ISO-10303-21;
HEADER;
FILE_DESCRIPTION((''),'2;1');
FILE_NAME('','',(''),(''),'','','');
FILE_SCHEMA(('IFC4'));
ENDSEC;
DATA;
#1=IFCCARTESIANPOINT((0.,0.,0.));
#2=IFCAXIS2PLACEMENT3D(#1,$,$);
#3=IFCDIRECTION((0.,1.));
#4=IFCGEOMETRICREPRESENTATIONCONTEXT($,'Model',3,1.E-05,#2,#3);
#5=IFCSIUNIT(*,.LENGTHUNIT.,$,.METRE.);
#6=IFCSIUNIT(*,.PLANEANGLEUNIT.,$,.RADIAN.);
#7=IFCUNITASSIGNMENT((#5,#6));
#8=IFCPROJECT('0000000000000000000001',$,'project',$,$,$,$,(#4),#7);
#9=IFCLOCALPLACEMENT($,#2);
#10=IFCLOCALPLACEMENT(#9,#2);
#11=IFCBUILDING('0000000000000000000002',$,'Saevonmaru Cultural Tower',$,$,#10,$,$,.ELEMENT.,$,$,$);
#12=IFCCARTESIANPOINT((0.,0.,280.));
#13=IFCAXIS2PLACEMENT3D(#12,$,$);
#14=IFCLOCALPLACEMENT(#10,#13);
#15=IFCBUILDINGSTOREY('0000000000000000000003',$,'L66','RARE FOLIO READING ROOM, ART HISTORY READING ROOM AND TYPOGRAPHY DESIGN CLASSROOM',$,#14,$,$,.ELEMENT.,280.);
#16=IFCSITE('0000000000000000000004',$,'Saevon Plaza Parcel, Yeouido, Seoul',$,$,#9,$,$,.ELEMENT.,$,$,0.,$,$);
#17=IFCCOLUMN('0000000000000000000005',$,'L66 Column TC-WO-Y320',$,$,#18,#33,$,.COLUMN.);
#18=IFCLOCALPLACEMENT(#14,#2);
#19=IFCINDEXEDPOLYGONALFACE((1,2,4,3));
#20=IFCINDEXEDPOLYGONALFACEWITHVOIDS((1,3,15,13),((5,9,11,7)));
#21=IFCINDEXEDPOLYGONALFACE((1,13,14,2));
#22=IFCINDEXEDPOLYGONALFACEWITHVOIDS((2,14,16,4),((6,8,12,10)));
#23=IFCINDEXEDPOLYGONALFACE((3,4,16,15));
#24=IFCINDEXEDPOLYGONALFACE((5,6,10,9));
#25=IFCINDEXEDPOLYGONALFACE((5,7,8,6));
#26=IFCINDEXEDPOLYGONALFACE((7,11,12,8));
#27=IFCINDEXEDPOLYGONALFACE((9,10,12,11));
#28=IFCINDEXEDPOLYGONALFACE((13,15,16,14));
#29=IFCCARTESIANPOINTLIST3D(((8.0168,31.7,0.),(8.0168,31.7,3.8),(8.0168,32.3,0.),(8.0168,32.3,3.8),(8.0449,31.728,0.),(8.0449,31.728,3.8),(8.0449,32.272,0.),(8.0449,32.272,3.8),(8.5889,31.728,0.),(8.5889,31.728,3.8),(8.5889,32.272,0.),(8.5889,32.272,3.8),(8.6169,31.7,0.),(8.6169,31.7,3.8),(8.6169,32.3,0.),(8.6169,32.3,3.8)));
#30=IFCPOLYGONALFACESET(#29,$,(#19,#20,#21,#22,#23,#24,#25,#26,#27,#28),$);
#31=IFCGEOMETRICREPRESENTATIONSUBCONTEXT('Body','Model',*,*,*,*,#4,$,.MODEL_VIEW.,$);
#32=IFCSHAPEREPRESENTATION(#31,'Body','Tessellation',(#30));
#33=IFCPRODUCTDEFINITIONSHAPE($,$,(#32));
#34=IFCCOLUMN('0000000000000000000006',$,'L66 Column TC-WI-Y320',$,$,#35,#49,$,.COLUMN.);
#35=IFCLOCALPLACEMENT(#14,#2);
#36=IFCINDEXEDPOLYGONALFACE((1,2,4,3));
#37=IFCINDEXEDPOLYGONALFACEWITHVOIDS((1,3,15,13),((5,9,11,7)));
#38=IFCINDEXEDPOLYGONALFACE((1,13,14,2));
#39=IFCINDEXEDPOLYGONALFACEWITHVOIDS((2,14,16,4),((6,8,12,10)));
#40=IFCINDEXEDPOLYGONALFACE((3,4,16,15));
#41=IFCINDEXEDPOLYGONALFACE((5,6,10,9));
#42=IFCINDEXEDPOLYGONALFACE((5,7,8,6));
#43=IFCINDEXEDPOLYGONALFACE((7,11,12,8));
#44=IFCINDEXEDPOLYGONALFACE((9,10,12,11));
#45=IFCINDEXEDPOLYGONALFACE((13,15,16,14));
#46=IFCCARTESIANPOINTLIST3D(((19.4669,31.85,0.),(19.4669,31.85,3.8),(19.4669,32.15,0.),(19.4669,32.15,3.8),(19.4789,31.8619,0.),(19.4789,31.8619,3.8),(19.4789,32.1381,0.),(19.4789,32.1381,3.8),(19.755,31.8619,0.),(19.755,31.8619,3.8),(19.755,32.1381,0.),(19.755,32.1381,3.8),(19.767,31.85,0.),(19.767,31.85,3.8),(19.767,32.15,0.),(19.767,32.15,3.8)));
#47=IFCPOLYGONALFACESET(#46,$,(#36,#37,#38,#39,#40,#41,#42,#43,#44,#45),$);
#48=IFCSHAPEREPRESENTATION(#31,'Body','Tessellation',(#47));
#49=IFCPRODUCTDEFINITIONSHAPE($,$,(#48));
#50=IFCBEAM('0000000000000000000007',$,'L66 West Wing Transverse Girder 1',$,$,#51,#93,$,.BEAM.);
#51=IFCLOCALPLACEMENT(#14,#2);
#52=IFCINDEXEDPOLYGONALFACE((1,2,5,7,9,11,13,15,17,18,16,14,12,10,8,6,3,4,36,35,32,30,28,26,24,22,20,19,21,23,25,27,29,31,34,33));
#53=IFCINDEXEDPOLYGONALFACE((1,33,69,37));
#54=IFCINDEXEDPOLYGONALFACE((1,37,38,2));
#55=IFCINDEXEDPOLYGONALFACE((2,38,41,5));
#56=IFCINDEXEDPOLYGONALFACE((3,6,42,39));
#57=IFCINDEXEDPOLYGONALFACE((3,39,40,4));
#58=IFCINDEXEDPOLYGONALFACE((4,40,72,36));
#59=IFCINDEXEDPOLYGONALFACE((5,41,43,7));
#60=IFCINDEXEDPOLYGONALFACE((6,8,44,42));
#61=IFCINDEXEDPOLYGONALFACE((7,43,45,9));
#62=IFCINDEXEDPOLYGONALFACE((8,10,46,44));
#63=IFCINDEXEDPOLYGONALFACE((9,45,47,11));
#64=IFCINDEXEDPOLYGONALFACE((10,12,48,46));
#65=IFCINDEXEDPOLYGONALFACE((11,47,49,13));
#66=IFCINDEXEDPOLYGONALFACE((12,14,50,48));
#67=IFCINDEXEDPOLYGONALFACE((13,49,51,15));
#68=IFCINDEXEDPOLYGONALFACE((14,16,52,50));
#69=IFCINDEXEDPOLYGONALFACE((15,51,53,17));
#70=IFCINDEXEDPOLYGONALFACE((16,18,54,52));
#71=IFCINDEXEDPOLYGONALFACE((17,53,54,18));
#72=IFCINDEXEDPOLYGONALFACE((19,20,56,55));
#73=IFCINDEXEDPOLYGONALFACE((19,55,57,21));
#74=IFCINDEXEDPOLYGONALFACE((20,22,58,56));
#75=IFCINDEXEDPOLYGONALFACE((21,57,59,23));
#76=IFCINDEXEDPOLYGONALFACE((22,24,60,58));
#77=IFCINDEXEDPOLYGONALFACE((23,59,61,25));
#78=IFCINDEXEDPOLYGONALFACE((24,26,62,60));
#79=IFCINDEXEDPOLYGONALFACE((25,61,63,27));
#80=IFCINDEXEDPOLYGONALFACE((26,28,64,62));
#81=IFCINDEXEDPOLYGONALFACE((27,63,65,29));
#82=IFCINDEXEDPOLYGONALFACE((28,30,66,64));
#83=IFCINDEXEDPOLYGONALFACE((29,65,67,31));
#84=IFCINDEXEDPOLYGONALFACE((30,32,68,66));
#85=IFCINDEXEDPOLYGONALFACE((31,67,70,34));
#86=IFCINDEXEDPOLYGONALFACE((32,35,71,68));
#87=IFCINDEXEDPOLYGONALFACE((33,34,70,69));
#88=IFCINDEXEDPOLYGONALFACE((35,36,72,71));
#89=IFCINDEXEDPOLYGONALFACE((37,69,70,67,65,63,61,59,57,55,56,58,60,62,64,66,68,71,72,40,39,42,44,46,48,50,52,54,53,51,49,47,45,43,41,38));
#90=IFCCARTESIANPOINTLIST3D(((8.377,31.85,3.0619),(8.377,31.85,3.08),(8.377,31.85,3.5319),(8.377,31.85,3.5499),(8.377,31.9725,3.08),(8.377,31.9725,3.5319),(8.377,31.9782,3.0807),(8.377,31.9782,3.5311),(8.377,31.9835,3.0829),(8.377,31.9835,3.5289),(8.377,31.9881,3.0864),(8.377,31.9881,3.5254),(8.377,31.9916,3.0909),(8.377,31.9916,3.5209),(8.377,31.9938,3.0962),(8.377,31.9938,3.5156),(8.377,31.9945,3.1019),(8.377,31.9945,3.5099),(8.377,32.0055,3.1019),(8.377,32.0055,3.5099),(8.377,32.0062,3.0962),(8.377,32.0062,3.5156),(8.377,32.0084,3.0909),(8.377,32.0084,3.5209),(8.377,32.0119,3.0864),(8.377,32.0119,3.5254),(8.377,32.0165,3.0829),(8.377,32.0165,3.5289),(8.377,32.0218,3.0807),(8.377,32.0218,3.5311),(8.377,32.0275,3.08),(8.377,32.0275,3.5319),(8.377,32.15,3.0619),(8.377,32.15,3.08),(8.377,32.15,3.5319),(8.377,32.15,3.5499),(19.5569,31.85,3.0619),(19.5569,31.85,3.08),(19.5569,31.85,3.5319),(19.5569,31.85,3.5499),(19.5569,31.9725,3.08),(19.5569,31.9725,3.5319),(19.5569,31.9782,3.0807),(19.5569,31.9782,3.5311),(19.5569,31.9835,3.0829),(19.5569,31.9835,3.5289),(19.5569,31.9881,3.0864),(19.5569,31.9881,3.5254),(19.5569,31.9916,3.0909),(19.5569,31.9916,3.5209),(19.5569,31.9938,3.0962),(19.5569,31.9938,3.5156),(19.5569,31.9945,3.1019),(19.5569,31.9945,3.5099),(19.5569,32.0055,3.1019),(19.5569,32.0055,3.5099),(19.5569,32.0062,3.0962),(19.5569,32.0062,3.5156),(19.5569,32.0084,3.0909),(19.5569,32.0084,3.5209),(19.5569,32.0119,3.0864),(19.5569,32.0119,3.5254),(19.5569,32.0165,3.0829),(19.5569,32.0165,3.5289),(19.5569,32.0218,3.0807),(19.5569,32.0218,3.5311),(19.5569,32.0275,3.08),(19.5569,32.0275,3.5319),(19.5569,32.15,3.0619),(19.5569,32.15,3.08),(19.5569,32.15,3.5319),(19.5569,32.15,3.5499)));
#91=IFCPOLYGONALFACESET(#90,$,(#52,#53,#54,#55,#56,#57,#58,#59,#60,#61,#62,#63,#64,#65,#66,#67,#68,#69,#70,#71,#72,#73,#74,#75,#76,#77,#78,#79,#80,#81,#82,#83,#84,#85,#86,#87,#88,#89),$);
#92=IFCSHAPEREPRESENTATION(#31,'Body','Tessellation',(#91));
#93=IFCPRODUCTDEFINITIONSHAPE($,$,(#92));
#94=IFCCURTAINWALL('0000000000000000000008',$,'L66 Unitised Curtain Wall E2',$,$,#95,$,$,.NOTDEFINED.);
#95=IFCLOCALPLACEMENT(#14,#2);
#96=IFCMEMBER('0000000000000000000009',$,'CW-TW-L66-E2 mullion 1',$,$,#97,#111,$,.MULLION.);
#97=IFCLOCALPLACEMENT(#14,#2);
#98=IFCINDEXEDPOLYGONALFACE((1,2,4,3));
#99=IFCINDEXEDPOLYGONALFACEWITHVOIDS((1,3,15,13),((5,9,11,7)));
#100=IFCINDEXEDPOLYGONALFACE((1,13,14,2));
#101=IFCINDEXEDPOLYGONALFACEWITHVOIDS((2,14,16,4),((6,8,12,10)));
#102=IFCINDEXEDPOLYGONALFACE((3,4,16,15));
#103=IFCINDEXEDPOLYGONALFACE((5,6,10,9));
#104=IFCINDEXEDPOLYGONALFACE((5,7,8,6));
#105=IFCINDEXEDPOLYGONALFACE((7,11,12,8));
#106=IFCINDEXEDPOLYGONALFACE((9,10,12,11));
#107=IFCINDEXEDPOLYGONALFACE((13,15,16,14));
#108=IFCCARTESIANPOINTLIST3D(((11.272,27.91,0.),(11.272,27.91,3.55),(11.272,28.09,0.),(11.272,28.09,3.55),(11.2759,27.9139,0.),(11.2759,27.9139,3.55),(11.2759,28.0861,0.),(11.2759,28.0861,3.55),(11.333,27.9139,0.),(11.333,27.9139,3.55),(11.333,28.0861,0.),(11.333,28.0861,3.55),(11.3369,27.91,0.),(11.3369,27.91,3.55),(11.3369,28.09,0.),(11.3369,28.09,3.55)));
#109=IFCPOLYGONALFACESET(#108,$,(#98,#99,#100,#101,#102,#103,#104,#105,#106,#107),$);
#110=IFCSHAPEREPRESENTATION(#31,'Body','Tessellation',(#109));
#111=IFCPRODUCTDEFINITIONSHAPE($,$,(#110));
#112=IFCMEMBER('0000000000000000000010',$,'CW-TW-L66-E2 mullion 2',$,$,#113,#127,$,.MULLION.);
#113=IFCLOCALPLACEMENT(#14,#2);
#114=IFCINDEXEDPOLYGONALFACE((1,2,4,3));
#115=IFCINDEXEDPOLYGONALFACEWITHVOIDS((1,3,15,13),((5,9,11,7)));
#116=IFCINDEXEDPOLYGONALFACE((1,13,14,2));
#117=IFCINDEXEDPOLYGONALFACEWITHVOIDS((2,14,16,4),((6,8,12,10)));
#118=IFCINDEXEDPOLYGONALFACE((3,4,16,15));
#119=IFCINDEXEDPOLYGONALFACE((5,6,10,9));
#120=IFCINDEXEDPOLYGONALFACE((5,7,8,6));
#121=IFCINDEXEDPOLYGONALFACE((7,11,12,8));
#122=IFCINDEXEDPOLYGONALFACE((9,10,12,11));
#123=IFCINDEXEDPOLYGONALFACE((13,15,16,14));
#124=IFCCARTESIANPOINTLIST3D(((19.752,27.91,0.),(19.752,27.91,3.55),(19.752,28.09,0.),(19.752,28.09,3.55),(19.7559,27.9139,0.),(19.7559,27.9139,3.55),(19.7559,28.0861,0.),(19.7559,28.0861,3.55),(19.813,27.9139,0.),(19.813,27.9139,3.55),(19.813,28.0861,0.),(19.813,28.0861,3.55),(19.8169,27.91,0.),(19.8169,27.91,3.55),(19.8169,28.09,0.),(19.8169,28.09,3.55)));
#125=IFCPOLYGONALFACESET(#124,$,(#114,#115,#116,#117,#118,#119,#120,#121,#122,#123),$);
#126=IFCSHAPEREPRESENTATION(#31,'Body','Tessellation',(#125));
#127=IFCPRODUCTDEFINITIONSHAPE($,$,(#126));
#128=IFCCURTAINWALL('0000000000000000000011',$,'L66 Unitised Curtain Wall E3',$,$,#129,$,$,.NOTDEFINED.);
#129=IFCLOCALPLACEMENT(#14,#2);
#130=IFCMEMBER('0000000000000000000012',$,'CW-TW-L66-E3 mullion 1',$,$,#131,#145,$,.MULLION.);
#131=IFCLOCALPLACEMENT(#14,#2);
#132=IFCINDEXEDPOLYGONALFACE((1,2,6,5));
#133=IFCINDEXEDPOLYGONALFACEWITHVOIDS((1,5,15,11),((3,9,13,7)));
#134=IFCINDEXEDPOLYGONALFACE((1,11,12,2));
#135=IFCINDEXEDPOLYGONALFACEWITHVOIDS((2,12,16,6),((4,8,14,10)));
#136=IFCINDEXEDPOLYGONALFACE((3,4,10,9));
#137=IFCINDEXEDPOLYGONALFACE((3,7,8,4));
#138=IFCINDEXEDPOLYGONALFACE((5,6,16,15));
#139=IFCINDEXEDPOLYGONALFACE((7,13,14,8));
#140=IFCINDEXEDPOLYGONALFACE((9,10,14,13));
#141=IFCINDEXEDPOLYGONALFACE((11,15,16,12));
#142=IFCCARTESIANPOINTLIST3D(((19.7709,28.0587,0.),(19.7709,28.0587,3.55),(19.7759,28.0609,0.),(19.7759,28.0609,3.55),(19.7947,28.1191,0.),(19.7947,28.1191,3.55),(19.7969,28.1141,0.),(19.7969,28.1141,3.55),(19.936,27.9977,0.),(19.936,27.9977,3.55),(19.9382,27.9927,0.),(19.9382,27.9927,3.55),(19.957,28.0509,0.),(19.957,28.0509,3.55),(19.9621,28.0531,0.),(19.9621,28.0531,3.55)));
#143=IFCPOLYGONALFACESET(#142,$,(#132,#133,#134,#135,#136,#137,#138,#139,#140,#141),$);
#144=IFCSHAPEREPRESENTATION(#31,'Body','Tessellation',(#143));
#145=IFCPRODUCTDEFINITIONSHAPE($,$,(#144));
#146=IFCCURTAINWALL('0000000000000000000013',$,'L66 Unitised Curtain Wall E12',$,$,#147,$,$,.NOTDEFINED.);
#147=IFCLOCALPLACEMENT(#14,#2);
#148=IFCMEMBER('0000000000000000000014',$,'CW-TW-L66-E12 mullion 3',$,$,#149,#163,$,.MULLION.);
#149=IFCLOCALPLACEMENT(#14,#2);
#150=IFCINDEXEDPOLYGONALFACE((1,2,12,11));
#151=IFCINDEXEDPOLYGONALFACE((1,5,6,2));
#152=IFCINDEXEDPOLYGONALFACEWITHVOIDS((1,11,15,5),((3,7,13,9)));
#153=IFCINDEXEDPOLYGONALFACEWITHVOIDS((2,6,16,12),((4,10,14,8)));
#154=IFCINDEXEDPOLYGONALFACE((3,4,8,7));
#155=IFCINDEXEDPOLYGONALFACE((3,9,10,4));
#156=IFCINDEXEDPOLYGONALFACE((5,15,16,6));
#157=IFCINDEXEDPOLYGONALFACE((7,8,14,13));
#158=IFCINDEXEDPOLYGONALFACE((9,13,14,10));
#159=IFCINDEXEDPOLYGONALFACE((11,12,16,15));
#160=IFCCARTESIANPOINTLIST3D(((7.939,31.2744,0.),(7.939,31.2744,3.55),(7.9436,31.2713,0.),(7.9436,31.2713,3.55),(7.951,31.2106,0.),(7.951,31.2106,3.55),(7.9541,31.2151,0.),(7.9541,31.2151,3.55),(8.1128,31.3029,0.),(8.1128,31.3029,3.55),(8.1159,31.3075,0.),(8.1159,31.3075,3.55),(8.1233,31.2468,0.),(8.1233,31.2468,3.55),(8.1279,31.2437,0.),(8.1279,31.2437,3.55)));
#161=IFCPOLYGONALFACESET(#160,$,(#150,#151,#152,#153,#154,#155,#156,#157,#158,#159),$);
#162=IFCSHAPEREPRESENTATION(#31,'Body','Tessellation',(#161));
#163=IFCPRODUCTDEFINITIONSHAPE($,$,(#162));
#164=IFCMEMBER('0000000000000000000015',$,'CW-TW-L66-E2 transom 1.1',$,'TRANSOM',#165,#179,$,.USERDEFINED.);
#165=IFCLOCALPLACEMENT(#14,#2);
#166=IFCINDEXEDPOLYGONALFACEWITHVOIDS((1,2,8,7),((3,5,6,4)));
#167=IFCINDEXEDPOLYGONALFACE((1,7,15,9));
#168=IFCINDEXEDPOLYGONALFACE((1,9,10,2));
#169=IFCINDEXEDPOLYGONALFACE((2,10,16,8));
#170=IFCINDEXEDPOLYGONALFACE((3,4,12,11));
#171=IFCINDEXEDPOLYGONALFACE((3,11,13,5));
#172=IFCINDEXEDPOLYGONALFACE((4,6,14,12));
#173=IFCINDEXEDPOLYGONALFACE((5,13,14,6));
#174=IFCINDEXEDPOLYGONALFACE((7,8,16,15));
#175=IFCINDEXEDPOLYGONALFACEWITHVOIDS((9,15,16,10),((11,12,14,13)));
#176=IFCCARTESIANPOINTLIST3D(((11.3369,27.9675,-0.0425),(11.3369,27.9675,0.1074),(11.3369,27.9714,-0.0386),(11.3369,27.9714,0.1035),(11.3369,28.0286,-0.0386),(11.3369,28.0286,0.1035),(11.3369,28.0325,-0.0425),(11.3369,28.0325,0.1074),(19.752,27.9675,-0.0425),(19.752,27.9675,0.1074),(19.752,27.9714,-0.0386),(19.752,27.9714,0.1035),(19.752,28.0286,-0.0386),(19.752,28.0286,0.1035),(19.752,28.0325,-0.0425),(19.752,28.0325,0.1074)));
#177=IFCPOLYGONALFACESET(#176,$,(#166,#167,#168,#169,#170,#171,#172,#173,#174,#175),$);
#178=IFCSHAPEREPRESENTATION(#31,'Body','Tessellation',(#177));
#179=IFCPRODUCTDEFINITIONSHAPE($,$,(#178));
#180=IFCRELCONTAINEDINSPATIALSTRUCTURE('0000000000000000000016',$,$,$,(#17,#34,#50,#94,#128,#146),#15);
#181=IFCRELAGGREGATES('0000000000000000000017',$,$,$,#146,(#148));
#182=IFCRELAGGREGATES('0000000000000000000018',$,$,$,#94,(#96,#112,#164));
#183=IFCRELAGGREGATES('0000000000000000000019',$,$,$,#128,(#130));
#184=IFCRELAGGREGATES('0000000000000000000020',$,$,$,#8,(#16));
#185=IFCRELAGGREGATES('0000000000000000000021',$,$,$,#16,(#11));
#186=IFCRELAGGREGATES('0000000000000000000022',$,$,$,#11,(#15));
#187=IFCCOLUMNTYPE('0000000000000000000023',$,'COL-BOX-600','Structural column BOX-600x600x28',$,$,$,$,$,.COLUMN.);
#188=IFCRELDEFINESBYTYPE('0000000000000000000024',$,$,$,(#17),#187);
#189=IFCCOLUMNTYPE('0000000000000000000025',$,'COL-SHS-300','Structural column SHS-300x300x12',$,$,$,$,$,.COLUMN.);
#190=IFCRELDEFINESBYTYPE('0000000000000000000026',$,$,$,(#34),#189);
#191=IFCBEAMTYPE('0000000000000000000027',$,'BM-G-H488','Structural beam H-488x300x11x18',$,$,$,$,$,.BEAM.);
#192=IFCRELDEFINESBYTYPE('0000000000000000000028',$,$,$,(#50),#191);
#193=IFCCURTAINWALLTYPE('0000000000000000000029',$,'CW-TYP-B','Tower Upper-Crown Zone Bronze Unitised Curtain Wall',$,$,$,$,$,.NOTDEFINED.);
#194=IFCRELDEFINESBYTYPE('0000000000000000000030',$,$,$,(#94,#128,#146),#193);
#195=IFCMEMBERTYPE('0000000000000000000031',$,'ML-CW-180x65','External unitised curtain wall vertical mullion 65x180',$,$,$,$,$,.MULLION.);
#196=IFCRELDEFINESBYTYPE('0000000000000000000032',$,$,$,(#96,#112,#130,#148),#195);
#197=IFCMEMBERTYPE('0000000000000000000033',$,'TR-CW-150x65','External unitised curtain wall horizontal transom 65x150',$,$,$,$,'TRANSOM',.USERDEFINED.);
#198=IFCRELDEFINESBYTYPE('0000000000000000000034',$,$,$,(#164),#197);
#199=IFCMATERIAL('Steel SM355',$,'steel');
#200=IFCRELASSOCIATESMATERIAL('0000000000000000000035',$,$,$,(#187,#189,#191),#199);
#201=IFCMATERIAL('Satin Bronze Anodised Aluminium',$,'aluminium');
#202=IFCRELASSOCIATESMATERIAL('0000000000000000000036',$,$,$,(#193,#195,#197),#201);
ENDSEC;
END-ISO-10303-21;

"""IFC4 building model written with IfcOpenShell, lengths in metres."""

from ifc_helpers import new_model, si_unit, direction, frame, origin, origin_2d, place, context, subcontext, project, spatial, hollow_rectangle, i_section, extrude, material, material_profile, profile_set, type_object, element, aggregate, save


model = new_model("IFC4")

# Units and contexts
model_context = context("Model", 3, precision=1e-05, world=origin(), true_north=direction((0.0, 1.0)))
body_context = subcontext(model_context, "Body", "Model", "MODEL_VIEW")
ifc_project = project(units=[si_unit("LENGTHUNIT", "METRE"), si_unit("PLANEANGLEUNIT", "RADIAN")], contexts=[model_context])

# Site, building, storey
site_placement = place(None, origin())
site = spatial("IfcSite", under=ifc_project, at=site_placement, Name="Saevon Plaza Parcel, Yeouido, Seoul", CompositionType="ELEMENT", RefElevation=0.0)
building_placement = place(site_placement, origin())
building = spatial("IfcBuilding", under=site, at=building_placement, Name="Saevonmaru Cultural Tower", CompositionType="ELEMENT")
storey_placement = place(building_placement, frame((0.0, 0.0, 280.0)))
storey = spatial("IfcBuildingStorey", under=building, at=storey_placement, Name="L66", Description="RARE FOLIO READING ROOM, ART HISTORY READING ROOM AND TYPOGRAPHY DESIGN CLASSROOM", CompositionType="ELEMENT", Elevation=280.0)

# Columns
ifc_material_1 = material(Name="Steel SM355", Category="steel")
ifc_material_profile_1 = material_profile(ifc_material_1, hollow_rectangle(XDim=0.6001, YDim=0.6001, WallThickness=0.0281, at=origin_2d()), Name="BOX-600x600x28")
ifc_profile_set_1 = profile_set([ifc_material_profile_1], Name="Steel SM355")
column_type_1 = type_object("IfcColumnType", Name="COL-BOX-600", Description="Structural column BOX-600x600x28", PredefinedType="COLUMN", material=ifc_profile_set_1)
column_1_placement = place(storey_placement, frame((8.3169, 32.0, 0.0), z_axis=(0.0, 0.0, 1.0), x_axis=(1.0, 0.0, 0.0)))
element("IfcColumn", 1, at=column_1_placement, inside=storey, type_object=column_type_1, Name="L66 Column TC-WO-Y320", PredefinedType="COLUMN", context=body_context, shape_type="SweptSolid", body=[
    extrude(hollow_rectangle(XDim=0.6001, YDim=0.6001, WallThickness=0.0281, at=origin_2d()), origin(), (0.0, 0.0, 1.0), 3.8),
])
ifc_material_profile_2 = material_profile(ifc_material_1, hollow_rectangle(XDim=0.3, YDim=0.3, WallThickness=0.012, at=origin_2d()), Name="SHS-300x300x12")
ifc_profile_set_2 = profile_set([ifc_material_profile_2], Name="Steel SM355")
column_type_2 = type_object("IfcColumnType", Name="COL-SHS-300", Description="Structural column SHS-300x300x12", PredefinedType="COLUMN", material=ifc_profile_set_2)
column_2_placement = place(storey_placement, frame((19.6169, 32.0, 0.0), z_axis=(0.0, 0.0, 1.0), x_axis=(1.0, 0.0, 0.0)))
element("IfcColumn", 2, at=column_2_placement, inside=storey, type_object=column_type_2, Name="L66 Column TC-WI-Y320", PredefinedType="COLUMN", context=body_context, shape_type="SweptSolid", body=[
    extrude(hollow_rectangle(XDim=0.3, YDim=0.3, WallThickness=0.012, at=origin_2d()), origin(), (0.0, 0.0, 1.0), 3.8),
])

# Beam
ifc_material_profile_3 = material_profile(ifc_material_1, i_section(OverallWidth=0.3, OverallDepth=0.488, WebThickness=0.011, FlangeThickness=0.0181, FilletRadius=0.022, at=origin_2d()), Name="H-488x300x11x18")
ifc_profile_set_3 = profile_set([ifc_material_profile_3], Name="Steel SM355")
beam_type = type_object("IfcBeamType", Name="BM-G-H488", Description="Structural beam H-488x300x11x18", PredefinedType="BEAM", material=ifc_profile_set_3)
beam_placement = place(storey_placement, frame((8.377, 32.0, 3.3059), z_axis=(1.0, 0.0, 0.0), x_axis=(0.0, 1.0, 0.0)))
element("IfcBeam", 3, at=beam_placement, inside=storey, type_object=beam_type, Name="L66 West Wing Transverse Girder 1", PredefinedType="BEAM", context=body_context, shape_type="SweptSolid", body=[
    extrude(i_section(OverallWidth=0.3, OverallDepth=0.488, WebThickness=0.011, FlangeThickness=0.0181, FilletRadius=0.022, at=origin_2d()), origin(), (0.0, 0.0, 1.0), 11.1799),
])

# Curtain wall, members
ifc_material_2 = material(Name="Satin Bronze Anodised Aluminium", Category="aluminium")
curtain_wall_type = type_object("IfcCurtainWallType", Name="CW-TYP-B", Description="Tower Upper-Crown Zone Bronze Unitised Curtain Wall", PredefinedType="NOTDEFINED", material=ifc_material_2)
curtain_wall_1_placement = place(storey_placement, origin())
curtain_wall_1 = element("IfcCurtainWall", 4, at=curtain_wall_1_placement, inside=storey, type_object=curtain_wall_type, Name="L66 Unitised Curtain Wall E2", PredefinedType="NOTDEFINED")
ifc_material_profile_4 = material_profile(ifc_material_2, hollow_rectangle(XDim=0.0649, YDim=0.1799, WallThickness=0.0039, at=origin_2d()), Name="ALU-MULL-180x65x4")
ifc_profile_set_4 = profile_set([ifc_material_profile_4], Name="Satin Bronze Anodised Aluminium")
member_type_1 = type_object("IfcMemberType", Name="ML-CW-180x65", Description="External unitised curtain wall vertical mullion 65x180", PredefinedType="MULLION", material=ifc_profile_set_4)
member_1_placement = place(storey_placement, frame((11.3044, 28.0, 0.0), z_axis=(0.0, 0.0, 1.0), x_axis=(1.0, 0.0, 0.0)))
member_1 = element("IfcMember", 5, at=member_1_placement, type_object=member_type_1, Name="CW-TW-L66-E2 mullion 1", PredefinedType="MULLION", context=body_context, shape_type="SweptSolid", body=[
    extrude(hollow_rectangle(XDim=0.0649, YDim=0.1799, WallThickness=0.0039, at=origin_2d()), origin(), (0.0, 0.0, 1.0), 3.55),
])
member_2_placement = place(storey_placement, frame((19.7844, 28.0, 0.0), z_axis=(0.0, 0.0, 1.0), x_axis=(1.0, 0.0, 0.0)))
member_2 = element("IfcMember", 6, at=member_2_placement, type_object=member_type_1, Name="CW-TW-L66-E2 mullion 2", PredefinedType="MULLION", context=body_context, shape_type="SweptSolid", body=[
    extrude(hollow_rectangle(XDim=0.0649, YDim=0.1799, WallThickness=0.0039, at=origin_2d()), origin(), (0.0, 0.0, 1.0), 3.55),
])

# Curtain walls, members
curtain_wall_2_placement = place(storey_placement, origin())
curtain_wall_2 = element("IfcCurtainWall", 7, at=curtain_wall_2_placement, inside=storey, type_object=curtain_wall_type, Name="L66 Unitised Curtain Wall E3", PredefinedType="NOTDEFINED")
member_3_placement = place(storey_placement, frame((19.8665, 28.0559, 0.0), z_axis=(0.0, 0.0, 1.0), x_axis=(0.367172, 0.930153, 0.0)))
member_3 = element("IfcMember", 8, at=member_3_placement, type_object=member_type_1, Name="CW-TW-L66-E3 mullion 1", PredefinedType="MULLION", context=body_context, shape_type="SweptSolid", body=[
    extrude(hollow_rectangle(XDim=0.0649, YDim=0.1799, WallThickness=0.0039, at=origin_2d()), origin(), (0.0, 0.0, 1.0), 3.55),
])
curtain_wall_3_placement = place(storey_placement, origin())
curtain_wall_3 = element("IfcCurtainWall", 9, at=curtain_wall_3_placement, inside=storey, type_object=curtain_wall_type, Name="L66 Unitised Curtain Wall E12", PredefinedType="NOTDEFINED")
member_4_placement = place(storey_placement, frame((8.0334, 31.259, 0.0), z_axis=(0.0, 0.0, 1.0), x_axis=(0.184047, -0.982918, 0.0)))
member_4 = element("IfcMember", 10, at=member_4_placement, type_object=member_type_1, Name="CW-TW-L66-E12 mullion 3", PredefinedType="MULLION", context=body_context, shape_type="SweptSolid", body=[
    extrude(hollow_rectangle(XDim=0.0649, YDim=0.1799, WallThickness=0.0039, at=origin_2d()), origin(), (0.0, 0.0, 1.0), 3.55),
])
aggregate(curtain_wall_3, [member_4])

# Member
ifc_material_profile_5 = material_profile(ifc_material_2, hollow_rectangle(XDim=0.0649, YDim=0.1499, WallThickness=0.0039, at=origin_2d()), Name="ALU-TRAN-150x65x4")
ifc_profile_set_5 = profile_set([ifc_material_profile_5], Name="Satin Bronze Anodised Aluminium")
member_type_2 = type_object("IfcMemberType", Name="TR-CW-150x65", Description="External unitised curtain wall horizontal transom 65x150", ElementType="TRANSOM", PredefinedType="USERDEFINED", material=ifc_profile_set_5)
member_5_placement = place(storey_placement, frame((11.3369, 28.0, 0.0325), z_axis=(1.0, 0.0, 0.0), x_axis=(0.0, 1.0, 0.0)))
member_5 = element("IfcMember", 11, at=member_5_placement, type_object=member_type_2, Name="CW-TW-L66-E2 transom 1.1", ObjectType="TRANSOM", PredefinedType="USERDEFINED", context=body_context, shape_type="SweptSolid", body=[
    extrude(hollow_rectangle(XDim=0.0649, YDim=0.1499, WallThickness=0.0039, at=origin_2d()), origin(), (0.0, 0.0, 1.0), 8.415),
])

aggregate(curtain_wall_1, [member_1, member_2, member_5])
aggregate(curtain_wall_2, [member_3])

save(model, "model.ifc")
